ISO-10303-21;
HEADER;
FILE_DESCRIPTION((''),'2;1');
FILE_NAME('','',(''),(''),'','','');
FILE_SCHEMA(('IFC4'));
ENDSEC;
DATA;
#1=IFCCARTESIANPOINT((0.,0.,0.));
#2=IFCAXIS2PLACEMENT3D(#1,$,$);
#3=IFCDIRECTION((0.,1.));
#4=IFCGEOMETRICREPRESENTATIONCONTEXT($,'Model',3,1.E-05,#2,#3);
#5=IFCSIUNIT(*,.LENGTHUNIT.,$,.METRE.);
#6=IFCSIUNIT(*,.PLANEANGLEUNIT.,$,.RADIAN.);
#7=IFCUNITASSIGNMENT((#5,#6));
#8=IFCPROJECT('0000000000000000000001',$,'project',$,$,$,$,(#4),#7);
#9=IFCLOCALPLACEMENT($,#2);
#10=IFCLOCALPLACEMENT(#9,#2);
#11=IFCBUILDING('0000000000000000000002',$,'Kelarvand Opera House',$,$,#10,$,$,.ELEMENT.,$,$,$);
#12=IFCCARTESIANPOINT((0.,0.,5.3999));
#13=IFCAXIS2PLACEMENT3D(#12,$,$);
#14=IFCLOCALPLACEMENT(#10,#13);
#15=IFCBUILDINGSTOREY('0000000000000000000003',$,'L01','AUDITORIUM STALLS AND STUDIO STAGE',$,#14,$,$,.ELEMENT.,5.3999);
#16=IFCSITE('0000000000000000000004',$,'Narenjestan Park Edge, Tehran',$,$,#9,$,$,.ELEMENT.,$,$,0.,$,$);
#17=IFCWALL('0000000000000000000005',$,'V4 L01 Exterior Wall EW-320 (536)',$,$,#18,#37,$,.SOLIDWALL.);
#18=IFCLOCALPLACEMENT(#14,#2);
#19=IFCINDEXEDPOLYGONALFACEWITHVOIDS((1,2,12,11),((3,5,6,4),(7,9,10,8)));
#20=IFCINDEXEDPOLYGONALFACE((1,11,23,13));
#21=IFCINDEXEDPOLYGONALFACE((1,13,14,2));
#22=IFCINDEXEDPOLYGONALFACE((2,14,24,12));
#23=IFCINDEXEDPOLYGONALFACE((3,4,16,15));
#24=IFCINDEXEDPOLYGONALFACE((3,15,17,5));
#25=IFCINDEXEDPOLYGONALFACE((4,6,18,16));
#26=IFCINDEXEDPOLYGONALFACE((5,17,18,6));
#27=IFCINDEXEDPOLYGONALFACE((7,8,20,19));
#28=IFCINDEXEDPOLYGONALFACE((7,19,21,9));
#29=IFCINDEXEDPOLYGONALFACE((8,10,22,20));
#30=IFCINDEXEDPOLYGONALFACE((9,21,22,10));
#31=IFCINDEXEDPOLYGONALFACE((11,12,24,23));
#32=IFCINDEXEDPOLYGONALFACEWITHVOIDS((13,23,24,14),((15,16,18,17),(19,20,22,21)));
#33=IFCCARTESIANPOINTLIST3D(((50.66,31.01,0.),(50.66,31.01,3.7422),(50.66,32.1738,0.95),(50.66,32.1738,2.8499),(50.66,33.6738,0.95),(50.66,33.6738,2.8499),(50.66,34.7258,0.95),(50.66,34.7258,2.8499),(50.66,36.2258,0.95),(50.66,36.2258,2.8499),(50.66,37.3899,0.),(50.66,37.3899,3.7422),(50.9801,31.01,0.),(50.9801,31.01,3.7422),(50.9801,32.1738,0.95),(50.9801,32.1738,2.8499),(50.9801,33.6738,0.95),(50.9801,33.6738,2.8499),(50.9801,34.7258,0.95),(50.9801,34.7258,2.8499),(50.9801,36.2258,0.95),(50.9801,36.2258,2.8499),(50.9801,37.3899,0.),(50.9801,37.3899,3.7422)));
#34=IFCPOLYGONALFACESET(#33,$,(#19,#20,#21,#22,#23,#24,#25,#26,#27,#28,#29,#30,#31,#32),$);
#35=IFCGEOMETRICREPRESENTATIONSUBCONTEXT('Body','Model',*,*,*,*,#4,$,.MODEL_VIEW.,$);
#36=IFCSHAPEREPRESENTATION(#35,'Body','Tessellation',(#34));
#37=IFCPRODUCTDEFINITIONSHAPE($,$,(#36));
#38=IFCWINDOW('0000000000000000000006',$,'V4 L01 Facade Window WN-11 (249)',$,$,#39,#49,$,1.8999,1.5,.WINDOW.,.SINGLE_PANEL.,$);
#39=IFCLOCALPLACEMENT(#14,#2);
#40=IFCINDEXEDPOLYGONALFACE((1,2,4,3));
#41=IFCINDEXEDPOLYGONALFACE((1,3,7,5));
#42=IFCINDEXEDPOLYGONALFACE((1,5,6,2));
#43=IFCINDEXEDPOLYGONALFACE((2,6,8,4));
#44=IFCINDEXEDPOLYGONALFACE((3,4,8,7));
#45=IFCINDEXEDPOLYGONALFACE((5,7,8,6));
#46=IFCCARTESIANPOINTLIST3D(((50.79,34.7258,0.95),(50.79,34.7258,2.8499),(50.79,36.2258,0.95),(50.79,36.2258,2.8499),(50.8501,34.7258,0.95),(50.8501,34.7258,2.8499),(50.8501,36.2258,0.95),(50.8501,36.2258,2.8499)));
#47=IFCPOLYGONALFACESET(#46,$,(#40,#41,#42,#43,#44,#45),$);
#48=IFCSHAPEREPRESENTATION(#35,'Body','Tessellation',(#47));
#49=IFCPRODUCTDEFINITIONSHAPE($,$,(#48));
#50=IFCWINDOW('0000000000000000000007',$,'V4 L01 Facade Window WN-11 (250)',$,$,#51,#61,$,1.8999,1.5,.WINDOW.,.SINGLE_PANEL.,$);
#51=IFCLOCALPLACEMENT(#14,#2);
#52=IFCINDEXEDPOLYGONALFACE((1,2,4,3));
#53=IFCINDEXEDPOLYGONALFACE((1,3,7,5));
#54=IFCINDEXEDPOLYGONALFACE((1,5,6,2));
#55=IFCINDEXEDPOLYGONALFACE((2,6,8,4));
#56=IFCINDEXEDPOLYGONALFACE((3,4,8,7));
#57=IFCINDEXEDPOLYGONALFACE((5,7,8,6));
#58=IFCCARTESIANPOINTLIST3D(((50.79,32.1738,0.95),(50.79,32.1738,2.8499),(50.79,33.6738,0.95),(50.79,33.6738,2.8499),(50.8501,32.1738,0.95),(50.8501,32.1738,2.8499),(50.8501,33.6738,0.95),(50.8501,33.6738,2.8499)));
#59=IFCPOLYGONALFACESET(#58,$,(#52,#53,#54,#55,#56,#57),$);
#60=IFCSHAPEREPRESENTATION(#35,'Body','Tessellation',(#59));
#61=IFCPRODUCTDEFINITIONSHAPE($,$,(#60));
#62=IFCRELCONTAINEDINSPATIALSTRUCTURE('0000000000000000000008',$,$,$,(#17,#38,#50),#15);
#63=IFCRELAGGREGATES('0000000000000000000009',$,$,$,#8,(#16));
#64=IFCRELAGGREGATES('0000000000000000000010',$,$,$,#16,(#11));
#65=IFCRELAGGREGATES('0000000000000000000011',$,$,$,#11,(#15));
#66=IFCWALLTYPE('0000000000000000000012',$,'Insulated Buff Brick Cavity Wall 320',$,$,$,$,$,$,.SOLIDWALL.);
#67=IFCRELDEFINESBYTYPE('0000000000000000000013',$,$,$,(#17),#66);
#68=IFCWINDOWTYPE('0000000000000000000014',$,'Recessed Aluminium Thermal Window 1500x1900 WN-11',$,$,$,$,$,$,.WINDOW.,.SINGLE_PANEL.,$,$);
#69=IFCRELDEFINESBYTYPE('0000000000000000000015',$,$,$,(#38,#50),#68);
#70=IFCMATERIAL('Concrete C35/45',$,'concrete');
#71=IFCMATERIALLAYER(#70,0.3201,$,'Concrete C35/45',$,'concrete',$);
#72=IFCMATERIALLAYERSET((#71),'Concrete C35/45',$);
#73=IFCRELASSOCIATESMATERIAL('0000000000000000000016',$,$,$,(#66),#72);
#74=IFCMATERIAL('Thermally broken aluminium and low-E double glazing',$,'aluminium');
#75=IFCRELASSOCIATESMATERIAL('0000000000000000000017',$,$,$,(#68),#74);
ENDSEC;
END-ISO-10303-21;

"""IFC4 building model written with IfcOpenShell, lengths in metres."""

from ifc_helpers import new_model, si_unit, direction, frame, frame_2d, origin, place, context, subcontext, project, spatial, rectangle, extrude, material, layer, layer_set, type_object, element, fill, save


model = new_model("IFC4")

# Units and contexts
model_context = context("Model", 3, precision=1e-05, world=origin(), true_north=direction((0.0, 1.0)))
body_context = subcontext(model_context, "Body", "Model", "MODEL_VIEW")
ifc_project = project(units=[si_unit("LENGTHUNIT", "METRE"), si_unit("PLANEANGLEUNIT", "RADIAN")], contexts=[model_context])

# Site, building, storey
site_placement = place(None, origin())
site = spatial("IfcSite", under=ifc_project, at=site_placement, Name="Narenjestan Park Edge, Tehran", CompositionType="ELEMENT", RefElevation=0.0)
building_placement = place(site_placement, origin())
building = spatial("IfcBuilding", under=site, at=building_placement, Name="Kelarvand Opera House", CompositionType="ELEMENT")
storey_placement = place(building_placement, frame((0.0, 0.0, 5.3999)))
storey = spatial("IfcBuildingStorey", under=building, at=storey_placement, Name="L01", Description="AUDITORIUM STALLS AND STUDIO STAGE", CompositionType="ELEMENT", Elevation=5.3999)

# Wall, openings, windows
ifc_material_1 = material(Name="Concrete C35/45", Category="concrete")
ifc_layer_1 = layer(ifc_material_1, 0.3201, Name="Concrete C35/45", Category="concrete")
ifc_layer_set_1 = layer_set([ifc_layer_1], Name="Concrete C35/45")
wall_type = type_object("IfcWallType", Name="Insulated Buff Brick Cavity Wall 320", PredefinedType="SOLIDWALL", material=ifc_layer_set_1)
wall_placement = place(storey_placement, frame((50.8201, 37.3899, 0.0), z_axis=(0.0, 0.0, 1.0), x_axis=(0.0, -1.0, 0.0)))
wall = element("IfcWall", 1, at=wall_placement, inside=storey, type_object=wall_type, Name="V4 L01 Exterior Wall EW-320 (536)", PredefinedType="SOLIDWALL", context=body_context, shape_type="SweptSolid", body=[
    extrude(rectangle(XDim=6.3799, YDim=0.3201, at=frame_2d((3.1899, 0.0))), origin(), (0.0, 0.0, 1.0), 3.7422),
])
opening_1_placement = place(wall_placement, frame((1.1641, 0.0, 0.95)))
opening_1 = element("IfcOpeningElement", 2, at=opening_1_placement, cuts=wall, PredefinedType="OPENING", context=body_context, shape_type="SweptSolid", body=[
    extrude(rectangle(XDim=1.5, YDim=1.8999, at=frame_2d((0.75, 0.95))), frame((0.0, 0.1699, 0.0), z_axis=(0.0, -1.0, 0.0), x_axis=(1.0, 0.0, 0.0)), (0.0, 0.0, 1.0), 0.3401),
])
opening_2_placement = place(wall_placement, frame((3.7161, 0.0, 0.95)))
opening_2 = element("IfcOpeningElement", 3, at=opening_2_placement, cuts=wall, PredefinedType="OPENING", context=body_context, shape_type="SweptSolid", body=[
    extrude(rectangle(XDim=1.5, YDim=1.8999, at=frame_2d((0.75, 0.95))), frame((0.0, 0.1699, 0.0), z_axis=(0.0, -1.0, 0.0), x_axis=(1.0, 0.0, 0.0)), (0.0, 0.0, 1.0), 0.3401),
])
ifc_material_2 = material(Name="Thermally broken aluminium and low-E double glazing", Category="aluminium")
window_type = type_object("IfcWindowType", Name="Recessed Aluminium Thermal Window 1500x1900 WN-11", PartitioningType="SINGLE_PANEL", PredefinedType="WINDOW", material=ifc_material_2)
window_1_placement = place(opening_1_placement, origin())
window_1 = element("IfcWindow", 4, at=window_1_placement, inside=storey, type_object=window_type, Name="V4 L01 Facade Window WN-11 (249)", OverallHeight=1.8999, OverallWidth=1.5, PartitioningType="SINGLE_PANEL", PredefinedType="WINDOW", context=body_context, shape_type="SweptSolid", body=[
    extrude(rectangle(XDim=1.5, YDim=1.8999, at=frame_2d((0.75, 0.95))), frame((0.0, 0.03, 0.0), z_axis=(0.0, -1.0, 0.0), x_axis=(1.0, 0.0, 0.0)), (0.0, 0.0, 1.0), 0.0601),
])
fill(opening_1, window_1)
window_2_placement = place(opening_2_placement, origin())
window_2 = element("IfcWindow", 5, at=window_2_placement, inside=storey, type_object=window_type, Name="V4 L01 Facade Window WN-11 (250)", OverallHeight=1.8999, OverallWidth=1.5, PartitioningType="SINGLE_PANEL", PredefinedType="WINDOW", context=body_context, shape_type="SweptSolid", body=[
    extrude(rectangle(XDim=1.5, YDim=1.8999, at=frame_2d((0.75, 0.95))), frame((0.0, 0.03, 0.0), z_axis=(0.0, -1.0, 0.0), x_axis=(1.0, 0.0, 0.0)), (0.0, 0.0, 1.0), 0.0601),
])
fill(opening_2, window_2)

save(model, "model.ifc")
